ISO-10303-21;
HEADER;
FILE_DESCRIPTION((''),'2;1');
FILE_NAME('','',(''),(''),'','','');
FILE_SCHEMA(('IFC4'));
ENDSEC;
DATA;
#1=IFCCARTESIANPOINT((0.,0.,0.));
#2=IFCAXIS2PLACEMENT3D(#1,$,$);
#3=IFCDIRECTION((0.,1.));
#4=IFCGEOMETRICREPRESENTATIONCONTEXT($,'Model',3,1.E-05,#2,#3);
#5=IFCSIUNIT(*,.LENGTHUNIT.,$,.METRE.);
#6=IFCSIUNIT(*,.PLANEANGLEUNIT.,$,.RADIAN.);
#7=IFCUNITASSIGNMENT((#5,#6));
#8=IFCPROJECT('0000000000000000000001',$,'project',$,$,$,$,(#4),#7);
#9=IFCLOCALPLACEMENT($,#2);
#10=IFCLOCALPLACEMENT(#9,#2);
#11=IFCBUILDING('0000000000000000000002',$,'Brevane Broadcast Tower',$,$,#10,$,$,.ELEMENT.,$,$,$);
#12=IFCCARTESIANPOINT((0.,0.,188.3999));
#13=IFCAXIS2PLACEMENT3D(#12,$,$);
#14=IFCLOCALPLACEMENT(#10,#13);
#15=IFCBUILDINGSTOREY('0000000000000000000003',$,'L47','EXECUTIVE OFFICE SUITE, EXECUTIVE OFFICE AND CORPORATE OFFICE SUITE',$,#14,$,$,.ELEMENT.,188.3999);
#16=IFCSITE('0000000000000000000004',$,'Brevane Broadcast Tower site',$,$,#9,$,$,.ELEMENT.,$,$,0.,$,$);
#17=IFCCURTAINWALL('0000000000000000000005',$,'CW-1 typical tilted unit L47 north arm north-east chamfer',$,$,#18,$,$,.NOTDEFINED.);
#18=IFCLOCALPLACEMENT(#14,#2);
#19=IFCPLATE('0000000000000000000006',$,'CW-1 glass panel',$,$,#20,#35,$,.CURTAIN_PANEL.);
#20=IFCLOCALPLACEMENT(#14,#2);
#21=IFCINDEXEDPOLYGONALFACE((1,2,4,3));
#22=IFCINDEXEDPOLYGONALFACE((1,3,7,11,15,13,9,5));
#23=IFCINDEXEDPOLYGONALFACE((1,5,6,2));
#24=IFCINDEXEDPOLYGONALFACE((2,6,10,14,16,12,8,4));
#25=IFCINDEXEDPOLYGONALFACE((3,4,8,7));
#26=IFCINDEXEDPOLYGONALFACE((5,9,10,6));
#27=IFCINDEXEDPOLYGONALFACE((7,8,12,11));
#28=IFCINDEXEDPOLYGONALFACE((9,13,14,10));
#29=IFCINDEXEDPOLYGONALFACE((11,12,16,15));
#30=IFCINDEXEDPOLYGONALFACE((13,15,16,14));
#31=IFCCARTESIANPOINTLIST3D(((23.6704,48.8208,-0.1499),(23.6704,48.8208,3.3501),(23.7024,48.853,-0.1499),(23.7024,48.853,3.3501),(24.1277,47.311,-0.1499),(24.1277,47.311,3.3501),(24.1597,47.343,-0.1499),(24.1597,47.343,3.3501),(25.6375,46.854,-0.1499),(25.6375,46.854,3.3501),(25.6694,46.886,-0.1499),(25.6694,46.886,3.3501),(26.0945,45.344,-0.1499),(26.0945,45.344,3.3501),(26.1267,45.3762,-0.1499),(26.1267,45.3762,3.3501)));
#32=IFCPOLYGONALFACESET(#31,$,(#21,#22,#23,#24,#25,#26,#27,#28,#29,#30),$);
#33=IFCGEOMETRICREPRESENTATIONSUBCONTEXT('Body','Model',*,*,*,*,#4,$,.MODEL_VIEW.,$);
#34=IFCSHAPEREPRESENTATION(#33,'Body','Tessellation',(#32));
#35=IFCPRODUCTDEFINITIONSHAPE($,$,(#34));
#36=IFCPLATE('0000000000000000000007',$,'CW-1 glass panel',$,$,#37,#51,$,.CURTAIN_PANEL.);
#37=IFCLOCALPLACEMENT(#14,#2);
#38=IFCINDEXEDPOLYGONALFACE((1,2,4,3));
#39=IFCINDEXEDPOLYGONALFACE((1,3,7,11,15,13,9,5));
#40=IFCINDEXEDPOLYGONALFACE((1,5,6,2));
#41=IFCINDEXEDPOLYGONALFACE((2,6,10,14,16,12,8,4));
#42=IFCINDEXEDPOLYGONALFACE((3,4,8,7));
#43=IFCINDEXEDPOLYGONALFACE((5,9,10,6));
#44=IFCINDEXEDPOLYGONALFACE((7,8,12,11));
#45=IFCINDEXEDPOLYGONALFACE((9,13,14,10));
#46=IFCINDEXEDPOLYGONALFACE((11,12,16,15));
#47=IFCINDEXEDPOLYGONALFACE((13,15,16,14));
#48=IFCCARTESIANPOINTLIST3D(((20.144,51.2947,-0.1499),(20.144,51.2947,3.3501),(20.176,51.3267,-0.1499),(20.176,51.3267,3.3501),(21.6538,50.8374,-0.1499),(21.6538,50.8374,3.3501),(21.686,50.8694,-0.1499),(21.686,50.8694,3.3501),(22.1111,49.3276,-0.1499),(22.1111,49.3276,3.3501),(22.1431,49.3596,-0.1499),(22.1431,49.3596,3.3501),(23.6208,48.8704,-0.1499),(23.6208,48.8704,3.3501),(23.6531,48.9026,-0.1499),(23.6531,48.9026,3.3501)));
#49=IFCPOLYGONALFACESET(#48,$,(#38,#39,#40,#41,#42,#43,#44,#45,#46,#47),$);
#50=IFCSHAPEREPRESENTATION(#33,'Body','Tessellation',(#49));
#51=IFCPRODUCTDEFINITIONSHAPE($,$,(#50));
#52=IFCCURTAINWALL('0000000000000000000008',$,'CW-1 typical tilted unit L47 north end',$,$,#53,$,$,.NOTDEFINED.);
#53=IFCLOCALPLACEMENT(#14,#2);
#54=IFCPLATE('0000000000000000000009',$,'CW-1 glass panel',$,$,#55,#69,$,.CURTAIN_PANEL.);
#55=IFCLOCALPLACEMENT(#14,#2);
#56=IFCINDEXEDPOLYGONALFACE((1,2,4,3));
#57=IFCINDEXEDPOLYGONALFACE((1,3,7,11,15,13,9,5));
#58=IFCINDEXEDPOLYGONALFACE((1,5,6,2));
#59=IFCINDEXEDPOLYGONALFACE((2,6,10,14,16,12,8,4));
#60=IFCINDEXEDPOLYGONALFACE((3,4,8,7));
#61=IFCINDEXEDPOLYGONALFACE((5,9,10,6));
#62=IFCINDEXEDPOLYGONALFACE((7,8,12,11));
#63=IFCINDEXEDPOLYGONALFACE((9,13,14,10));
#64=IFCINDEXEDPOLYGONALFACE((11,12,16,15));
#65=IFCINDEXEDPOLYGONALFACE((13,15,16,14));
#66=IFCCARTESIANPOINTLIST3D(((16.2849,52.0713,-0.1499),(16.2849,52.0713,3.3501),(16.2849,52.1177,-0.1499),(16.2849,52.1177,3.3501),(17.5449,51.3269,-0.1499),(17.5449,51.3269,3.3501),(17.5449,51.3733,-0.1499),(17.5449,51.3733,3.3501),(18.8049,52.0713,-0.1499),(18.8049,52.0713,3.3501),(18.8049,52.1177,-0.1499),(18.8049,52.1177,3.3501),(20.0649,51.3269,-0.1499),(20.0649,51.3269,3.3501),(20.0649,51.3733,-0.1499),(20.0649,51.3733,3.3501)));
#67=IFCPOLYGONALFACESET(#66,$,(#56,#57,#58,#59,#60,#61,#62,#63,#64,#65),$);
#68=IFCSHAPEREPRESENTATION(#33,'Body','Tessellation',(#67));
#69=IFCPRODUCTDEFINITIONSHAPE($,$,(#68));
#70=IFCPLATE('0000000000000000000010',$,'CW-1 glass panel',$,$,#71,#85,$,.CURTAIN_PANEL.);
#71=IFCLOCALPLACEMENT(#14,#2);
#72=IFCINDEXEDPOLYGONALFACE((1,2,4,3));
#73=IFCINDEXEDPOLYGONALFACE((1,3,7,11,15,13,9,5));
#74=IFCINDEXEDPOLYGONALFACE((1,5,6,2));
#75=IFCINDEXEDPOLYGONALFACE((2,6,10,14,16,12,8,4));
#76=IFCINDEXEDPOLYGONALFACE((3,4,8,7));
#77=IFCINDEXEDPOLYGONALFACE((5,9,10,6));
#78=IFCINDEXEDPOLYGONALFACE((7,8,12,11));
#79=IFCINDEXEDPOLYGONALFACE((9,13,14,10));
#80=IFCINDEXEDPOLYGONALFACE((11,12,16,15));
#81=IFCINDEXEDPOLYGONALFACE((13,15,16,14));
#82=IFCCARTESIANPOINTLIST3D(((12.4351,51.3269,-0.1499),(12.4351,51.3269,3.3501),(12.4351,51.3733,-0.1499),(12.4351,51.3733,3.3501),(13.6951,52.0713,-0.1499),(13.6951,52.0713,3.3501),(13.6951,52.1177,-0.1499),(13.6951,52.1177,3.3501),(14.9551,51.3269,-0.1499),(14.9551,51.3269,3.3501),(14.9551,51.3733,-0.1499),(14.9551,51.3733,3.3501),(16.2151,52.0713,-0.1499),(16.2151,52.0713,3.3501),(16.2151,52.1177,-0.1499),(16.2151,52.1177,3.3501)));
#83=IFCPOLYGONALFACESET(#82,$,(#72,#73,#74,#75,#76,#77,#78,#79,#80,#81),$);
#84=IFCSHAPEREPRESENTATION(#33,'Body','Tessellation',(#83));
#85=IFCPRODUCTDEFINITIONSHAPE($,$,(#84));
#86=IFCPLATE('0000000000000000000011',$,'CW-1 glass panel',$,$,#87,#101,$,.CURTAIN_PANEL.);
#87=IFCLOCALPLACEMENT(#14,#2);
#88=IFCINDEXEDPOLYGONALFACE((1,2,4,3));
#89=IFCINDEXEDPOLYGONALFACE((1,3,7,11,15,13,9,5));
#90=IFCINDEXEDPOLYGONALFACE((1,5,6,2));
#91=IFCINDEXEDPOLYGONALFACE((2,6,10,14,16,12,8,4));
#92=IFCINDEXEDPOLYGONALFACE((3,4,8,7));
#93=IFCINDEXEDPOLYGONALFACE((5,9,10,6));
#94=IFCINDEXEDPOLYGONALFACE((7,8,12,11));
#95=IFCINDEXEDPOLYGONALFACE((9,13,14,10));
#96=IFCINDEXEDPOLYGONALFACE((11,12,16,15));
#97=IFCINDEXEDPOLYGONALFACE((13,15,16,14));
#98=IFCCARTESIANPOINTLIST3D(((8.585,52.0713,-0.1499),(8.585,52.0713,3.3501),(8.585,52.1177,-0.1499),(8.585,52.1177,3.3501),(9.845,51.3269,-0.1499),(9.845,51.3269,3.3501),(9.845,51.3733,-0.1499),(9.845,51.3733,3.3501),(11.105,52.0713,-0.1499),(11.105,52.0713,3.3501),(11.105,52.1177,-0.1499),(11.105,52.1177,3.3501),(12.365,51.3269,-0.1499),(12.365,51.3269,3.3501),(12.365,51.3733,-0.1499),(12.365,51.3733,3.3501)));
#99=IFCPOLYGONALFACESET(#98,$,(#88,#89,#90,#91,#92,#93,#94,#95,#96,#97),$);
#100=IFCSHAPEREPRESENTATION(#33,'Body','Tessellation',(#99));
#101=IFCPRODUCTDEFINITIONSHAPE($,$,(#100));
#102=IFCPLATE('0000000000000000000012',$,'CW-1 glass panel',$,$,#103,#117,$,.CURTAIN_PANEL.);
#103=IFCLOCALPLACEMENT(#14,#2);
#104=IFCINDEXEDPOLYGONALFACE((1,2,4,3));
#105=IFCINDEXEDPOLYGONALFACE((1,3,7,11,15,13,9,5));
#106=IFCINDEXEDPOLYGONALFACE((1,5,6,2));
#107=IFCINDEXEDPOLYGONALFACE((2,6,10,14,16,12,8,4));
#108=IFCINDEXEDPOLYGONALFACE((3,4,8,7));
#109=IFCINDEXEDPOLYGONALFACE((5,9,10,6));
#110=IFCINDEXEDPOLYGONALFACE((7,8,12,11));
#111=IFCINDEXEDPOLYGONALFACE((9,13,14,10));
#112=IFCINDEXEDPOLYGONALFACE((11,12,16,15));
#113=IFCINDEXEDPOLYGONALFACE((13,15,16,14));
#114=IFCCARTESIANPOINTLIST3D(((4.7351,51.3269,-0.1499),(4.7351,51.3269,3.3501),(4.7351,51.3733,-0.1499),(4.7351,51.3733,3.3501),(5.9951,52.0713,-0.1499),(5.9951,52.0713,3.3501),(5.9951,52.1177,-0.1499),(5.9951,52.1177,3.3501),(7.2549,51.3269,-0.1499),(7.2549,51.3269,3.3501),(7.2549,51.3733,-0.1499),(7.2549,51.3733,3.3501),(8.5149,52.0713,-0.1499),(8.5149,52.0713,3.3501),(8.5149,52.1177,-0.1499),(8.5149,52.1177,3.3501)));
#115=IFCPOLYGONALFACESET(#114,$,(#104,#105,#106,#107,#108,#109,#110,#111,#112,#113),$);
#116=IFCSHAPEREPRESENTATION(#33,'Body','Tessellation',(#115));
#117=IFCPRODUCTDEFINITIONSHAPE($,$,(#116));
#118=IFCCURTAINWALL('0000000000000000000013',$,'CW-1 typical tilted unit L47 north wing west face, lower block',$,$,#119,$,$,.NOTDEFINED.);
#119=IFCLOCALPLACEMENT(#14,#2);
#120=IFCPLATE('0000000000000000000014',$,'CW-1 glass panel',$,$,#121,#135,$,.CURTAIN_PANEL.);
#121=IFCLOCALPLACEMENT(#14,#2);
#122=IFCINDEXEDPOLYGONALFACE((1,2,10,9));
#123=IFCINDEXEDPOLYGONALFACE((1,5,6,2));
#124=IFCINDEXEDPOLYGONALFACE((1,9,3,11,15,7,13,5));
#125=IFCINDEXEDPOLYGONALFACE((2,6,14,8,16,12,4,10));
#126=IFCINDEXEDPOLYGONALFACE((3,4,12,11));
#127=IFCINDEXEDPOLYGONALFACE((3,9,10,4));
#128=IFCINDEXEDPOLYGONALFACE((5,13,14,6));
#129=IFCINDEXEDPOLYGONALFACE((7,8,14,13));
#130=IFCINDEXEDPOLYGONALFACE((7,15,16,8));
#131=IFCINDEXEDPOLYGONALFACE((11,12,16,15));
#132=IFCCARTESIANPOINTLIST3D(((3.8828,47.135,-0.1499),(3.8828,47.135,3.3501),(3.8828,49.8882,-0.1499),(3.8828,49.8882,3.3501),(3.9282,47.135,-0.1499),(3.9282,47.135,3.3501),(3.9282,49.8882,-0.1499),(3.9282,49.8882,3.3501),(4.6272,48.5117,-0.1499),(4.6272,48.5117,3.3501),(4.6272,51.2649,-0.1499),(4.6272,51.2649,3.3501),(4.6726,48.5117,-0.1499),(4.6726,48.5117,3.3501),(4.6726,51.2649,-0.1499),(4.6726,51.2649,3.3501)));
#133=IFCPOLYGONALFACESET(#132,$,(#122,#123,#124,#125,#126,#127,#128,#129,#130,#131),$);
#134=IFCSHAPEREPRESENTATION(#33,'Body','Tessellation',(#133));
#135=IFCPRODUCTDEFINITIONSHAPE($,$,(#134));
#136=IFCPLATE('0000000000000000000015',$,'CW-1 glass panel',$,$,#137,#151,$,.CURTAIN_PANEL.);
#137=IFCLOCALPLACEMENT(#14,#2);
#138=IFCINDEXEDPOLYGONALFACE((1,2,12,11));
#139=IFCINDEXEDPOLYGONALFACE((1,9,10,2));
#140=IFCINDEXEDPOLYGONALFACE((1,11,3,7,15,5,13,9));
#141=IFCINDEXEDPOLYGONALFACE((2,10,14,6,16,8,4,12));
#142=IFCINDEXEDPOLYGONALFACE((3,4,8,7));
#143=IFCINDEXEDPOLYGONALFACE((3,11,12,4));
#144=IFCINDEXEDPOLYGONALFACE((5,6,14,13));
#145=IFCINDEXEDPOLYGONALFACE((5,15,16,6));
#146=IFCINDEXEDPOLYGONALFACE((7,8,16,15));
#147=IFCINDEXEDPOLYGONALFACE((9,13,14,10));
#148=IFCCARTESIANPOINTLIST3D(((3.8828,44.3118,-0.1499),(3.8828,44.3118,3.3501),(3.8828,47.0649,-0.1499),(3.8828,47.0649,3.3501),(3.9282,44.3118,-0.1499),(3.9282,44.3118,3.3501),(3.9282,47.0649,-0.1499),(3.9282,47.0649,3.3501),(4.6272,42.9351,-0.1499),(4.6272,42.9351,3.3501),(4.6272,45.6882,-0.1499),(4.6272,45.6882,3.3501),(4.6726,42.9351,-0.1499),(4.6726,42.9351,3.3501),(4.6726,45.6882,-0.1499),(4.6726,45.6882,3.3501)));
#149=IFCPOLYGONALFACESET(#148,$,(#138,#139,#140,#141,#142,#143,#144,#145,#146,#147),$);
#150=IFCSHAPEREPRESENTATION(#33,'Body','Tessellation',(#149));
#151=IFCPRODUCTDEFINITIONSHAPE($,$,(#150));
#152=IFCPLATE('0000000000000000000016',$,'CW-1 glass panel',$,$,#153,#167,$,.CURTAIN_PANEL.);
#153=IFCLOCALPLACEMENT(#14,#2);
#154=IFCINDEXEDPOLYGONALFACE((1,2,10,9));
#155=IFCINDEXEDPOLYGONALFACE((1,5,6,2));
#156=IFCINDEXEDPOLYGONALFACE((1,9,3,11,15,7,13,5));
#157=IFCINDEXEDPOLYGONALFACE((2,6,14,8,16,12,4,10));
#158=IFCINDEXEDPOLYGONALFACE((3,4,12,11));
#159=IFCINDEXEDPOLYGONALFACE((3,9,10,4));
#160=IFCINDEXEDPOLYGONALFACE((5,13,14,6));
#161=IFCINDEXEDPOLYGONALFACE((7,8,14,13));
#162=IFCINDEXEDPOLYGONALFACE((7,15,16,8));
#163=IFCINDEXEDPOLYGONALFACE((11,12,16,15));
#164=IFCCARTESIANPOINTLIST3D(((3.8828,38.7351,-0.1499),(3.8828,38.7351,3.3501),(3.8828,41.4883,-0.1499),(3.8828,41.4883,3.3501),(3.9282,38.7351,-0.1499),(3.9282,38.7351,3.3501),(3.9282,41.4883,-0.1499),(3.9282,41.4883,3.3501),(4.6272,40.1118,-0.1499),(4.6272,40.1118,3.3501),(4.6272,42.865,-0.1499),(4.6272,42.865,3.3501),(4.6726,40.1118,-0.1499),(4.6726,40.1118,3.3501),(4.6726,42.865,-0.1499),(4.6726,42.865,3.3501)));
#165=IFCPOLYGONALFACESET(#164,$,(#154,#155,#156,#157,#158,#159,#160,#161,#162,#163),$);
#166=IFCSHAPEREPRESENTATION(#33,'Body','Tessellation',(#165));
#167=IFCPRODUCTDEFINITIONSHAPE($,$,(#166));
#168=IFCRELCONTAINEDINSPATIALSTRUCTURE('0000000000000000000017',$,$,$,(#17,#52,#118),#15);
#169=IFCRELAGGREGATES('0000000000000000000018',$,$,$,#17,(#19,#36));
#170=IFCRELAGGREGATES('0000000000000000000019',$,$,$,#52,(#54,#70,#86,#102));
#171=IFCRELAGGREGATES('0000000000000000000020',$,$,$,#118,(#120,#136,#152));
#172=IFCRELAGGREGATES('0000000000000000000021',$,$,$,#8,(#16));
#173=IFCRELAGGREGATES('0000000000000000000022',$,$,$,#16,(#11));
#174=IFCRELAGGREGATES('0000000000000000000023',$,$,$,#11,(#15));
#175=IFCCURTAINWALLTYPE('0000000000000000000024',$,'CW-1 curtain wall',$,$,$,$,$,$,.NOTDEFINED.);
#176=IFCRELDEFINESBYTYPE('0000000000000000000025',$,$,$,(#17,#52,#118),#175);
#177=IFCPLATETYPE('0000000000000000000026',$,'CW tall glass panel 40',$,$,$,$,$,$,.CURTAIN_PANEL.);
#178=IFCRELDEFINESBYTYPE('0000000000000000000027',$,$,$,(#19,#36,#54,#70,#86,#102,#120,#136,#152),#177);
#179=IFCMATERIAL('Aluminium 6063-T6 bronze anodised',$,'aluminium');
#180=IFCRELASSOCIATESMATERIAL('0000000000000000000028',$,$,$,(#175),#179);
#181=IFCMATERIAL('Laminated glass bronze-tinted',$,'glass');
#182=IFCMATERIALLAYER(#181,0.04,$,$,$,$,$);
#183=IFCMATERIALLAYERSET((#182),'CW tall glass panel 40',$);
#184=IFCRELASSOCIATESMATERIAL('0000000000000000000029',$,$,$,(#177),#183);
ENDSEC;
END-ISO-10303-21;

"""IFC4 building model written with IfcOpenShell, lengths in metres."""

from ifc_helpers import new_model, si_unit, direction, frame, origin, place, context, subcontext, project, spatial, polyline, outline, extrude, material, layer, layer_set, type_object, element, aggregate, save


model = new_model("IFC4")

# Units and contexts
model_context = context("Model", 3, precision=1e-05, world=origin(), true_north=direction((0.0, 1.0)))
body_context = subcontext(model_context, "Body", "Model", "MODEL_VIEW")
ifc_project = project(units=[si_unit("LENGTHUNIT", "METRE"), si_unit("PLANEANGLEUNIT", "RADIAN")], contexts=[model_context])

# Site, building, storey
site_placement = place(None, origin())
site = spatial("IfcSite", under=ifc_project, at=site_placement, Name="Brevane Broadcast Tower site", CompositionType="ELEMENT", RefElevation=0.0)
building_placement = place(site_placement, origin())
building = spatial("IfcBuilding", under=site, at=building_placement, Name="Brevane Broadcast Tower", CompositionType="ELEMENT")
storey_placement = place(building_placement, frame((0.0, 0.0, 188.3999)))
storey = spatial("IfcBuildingStorey", under=building, at=storey_placement, Name="L47", Description="EXECUTIVE OFFICE SUITE, EXECUTIVE OFFICE AND CORPORATE OFFICE SUITE", CompositionType="ELEMENT", Elevation=188.3999)

# Curtain walls, plates
ifc_material_1 = material(Name="Aluminium 6063-T6 bronze anodised", Category="aluminium")
curtain_wall_type = type_object("IfcCurtainWallType", Name="CW-1 curtain wall", PredefinedType="NOTDEFINED", material=ifc_material_1)
ifc_material_2 = material(Name="Laminated glass bronze-tinted", Category="glass")
ifc_layer = layer(ifc_material_2, 0.04)
ifc_layer_set = layer_set([ifc_layer], Name="CW tall glass panel 40")
plate_type = type_object("IfcPlateType", Name="CW tall glass panel 40", PredefinedType="CURTAIN_PANEL", material=ifc_layer_set)
curtain_wall_1_placement = place(storey_placement, origin())
curtain_wall_1 = element("IfcCurtainWall", 1, at=curtain_wall_1_placement, inside=storey, type_object=curtain_wall_type, Name="CW-1 typical tilted unit L47 north arm north-east chamfer", PredefinedType="NOTDEFINED")
plate_1_placement = place(storey_placement, frame((0.0, 0.0, -0.1499)))
plate_1 = element("IfcPlate", 2, at=plate_1_placement, type_object=plate_type, Name="CW-1 glass panel", PredefinedType="CURTAIN_PANEL", context=body_context, shape_type="SweptSolid", body=[
    extrude(outline(polyline([(26.0945, 45.344), (26.1267, 45.3762), (25.6694, 46.886), (24.1597, 47.343), (23.7024, 48.853), (23.6704, 48.8208), (24.1277, 47.311), (25.6375, 46.854), (26.0945, 45.344)])), origin(), (0.0, 0.0, 1.0), 3.5),
])
plate_2_placement = place(storey_placement, frame((0.0, 0.0, -0.1499)))
plate_2 = element("IfcPlate", 3, at=plate_2_placement, type_object=plate_type, Name="CW-1 glass panel", PredefinedType="CURTAIN_PANEL", context=body_context, shape_type="SweptSolid", body=[
    extrude(outline(polyline([(23.6208, 48.8704), (23.6531, 48.9026), (22.1431, 49.3596), (21.686, 50.8694), (20.176, 51.3267), (20.144, 51.2947), (21.6538, 50.8374), (22.1111, 49.3276), (23.6208, 48.8704)])), origin(), (0.0, 0.0, 1.0), 3.5),
])
aggregate(curtain_wall_1, [plate_1, plate_2])
curtain_wall_2_placement = place(storey_placement, origin())
curtain_wall_2 = element("IfcCurtainWall", 4, at=curtain_wall_2_placement, inside=storey, type_object=curtain_wall_type, Name="CW-1 typical tilted unit L47 north end", PredefinedType="NOTDEFINED")
plate_3_placement = place(storey_placement, frame((0.0, 0.0, -0.1499)))
plate_3 = element("IfcPlate", 5, at=plate_3_placement, type_object=plate_type, Name="CW-1 glass panel", PredefinedType="CURTAIN_PANEL", context=body_context, shape_type="SweptSolid", body=[
    extrude(outline(polyline([(20.0649, 51.3269), (20.0649, 51.3733), (18.8049, 52.1177), (17.5449, 51.3733), (16.2849, 52.1177), (16.2849, 52.0713), (17.5449, 51.3269), (18.8049, 52.0713), (20.0649, 51.3269)])), origin(), (0.0, 0.0, 1.0), 3.5),
])
plate_4_placement = place(storey_placement, frame((0.0, 0.0, -0.1499)))
plate_4 = element("IfcPlate", 6, at=plate_4_placement, type_object=plate_type, Name="CW-1 glass panel", PredefinedType="CURTAIN_PANEL", context=body_context, shape_type="SweptSolid", body=[
    extrude(outline(polyline([(16.2151, 52.0713), (16.2151, 52.1177), (14.9551, 51.3733), (13.6951, 52.1177), (12.4351, 51.3733), (12.4351, 51.3269), (13.6951, 52.0713), (14.9551, 51.3269), (16.2151, 52.0713)])), origin(), (0.0, 0.0, 1.0), 3.5),
])
plate_5_placement = place(storey_placement, frame((0.0, 0.0, -0.1499)))
plate_5 = element("IfcPlate", 7, at=plate_5_placement, type_object=plate_type, Name="CW-1 glass panel", PredefinedType="CURTAIN_PANEL", context=body_context, shape_type="SweptSolid", body=[
    extrude(outline(polyline([(12.365, 51.3269), (12.365, 51.3733), (11.105, 52.1177), (9.845, 51.3733), (8.585, 52.1177), (8.585, 52.0713), (9.845, 51.3269), (11.105, 52.0713), (12.365, 51.3269)])), origin(), (0.0, 0.0, 1.0), 3.5),
])
plate_6_placement = place(storey_placement, frame((0.0, 0.0, -0.1499)))
plate_6 = element("IfcPlate", 8, at=plate_6_placement, type_object=plate_type, Name="CW-1 glass panel", PredefinedType="CURTAIN_PANEL", context=body_context, shape_type="SweptSolid", body=[
    extrude(outline(polyline([(8.5149, 52.0713), (8.5149, 52.1177), (7.2549, 51.3733), (5.9951, 52.1177), (4.7351, 51.3733), (4.7351, 51.3269), (5.9951, 52.0713), (7.2549, 51.3269), (8.5149, 52.0713)])), origin(), (0.0, 0.0, 1.0), 3.5),
])
aggregate(curtain_wall_2, [plate_3, plate_4, plate_5, plate_6])
curtain_wall_3_placement = place(storey_placement, origin())
curtain_wall_3 = element("IfcCurtainWall", 9, at=curtain_wall_3_placement, inside=storey, type_object=curtain_wall_type, Name="CW-1 typical tilted unit L47 north wing west face, lower block", PredefinedType="NOTDEFINED")
plate_7_placement = place(storey_placement, frame((0.0, 0.0, -0.1499)))
plate_7 = element("IfcPlate", 10, at=plate_7_placement, type_object=plate_type, Name="CW-1 glass panel", PredefinedType="CURTAIN_PANEL", context=body_context, shape_type="SweptSolid", body=[
    extrude(outline(polyline([(4.6726, 51.2649), (4.6272, 51.2649), (3.8828, 49.8882), (4.6272, 48.5117), (3.8828, 47.135), (3.9282, 47.135), (4.6726, 48.5117), (3.9282, 49.8882), (4.6726, 51.2649)])), origin(), (0.0, 0.0, 1.0), 3.5),
])
plate_8_placement = place(storey_placement, frame((0.0, 0.0, -0.1499)))
plate_8 = element("IfcPlate", 11, at=plate_8_placement, type_object=plate_type, Name="CW-1 glass panel", PredefinedType="CURTAIN_PANEL", context=body_context, shape_type="SweptSolid", body=[
    extrude(outline(polyline([(3.9282, 47.0649), (3.8828, 47.0649), (4.6272, 45.6882), (3.8828, 44.3118), (4.6272, 42.9351), (4.6726, 42.9351), (3.9282, 44.3118), (4.6726, 45.6882), (3.9282, 47.0649)])), origin(), (0.0, 0.0, 1.0), 3.5),
])
plate_9_placement = place(storey_placement, frame((0.0, 0.0, -0.1499)))
plate_9 = element("IfcPlate", 12, at=plate_9_placement, type_object=plate_type, Name="CW-1 glass panel", PredefinedType="CURTAIN_PANEL", context=body_context, shape_type="SweptSolid", body=[
    extrude(outline(polyline([(4.6726, 42.865), (4.6272, 42.865), (3.8828, 41.4883), (4.6272, 40.1118), (3.8828, 38.7351), (3.9282, 38.7351), (4.6726, 40.1118), (3.9282, 41.4883), (4.6726, 42.865)])), origin(), (0.0, 0.0, 1.0), 3.5),
])
aggregate(curtain_wall_3, [plate_7, plate_8, plate_9])

save(model, "model.ifc")
